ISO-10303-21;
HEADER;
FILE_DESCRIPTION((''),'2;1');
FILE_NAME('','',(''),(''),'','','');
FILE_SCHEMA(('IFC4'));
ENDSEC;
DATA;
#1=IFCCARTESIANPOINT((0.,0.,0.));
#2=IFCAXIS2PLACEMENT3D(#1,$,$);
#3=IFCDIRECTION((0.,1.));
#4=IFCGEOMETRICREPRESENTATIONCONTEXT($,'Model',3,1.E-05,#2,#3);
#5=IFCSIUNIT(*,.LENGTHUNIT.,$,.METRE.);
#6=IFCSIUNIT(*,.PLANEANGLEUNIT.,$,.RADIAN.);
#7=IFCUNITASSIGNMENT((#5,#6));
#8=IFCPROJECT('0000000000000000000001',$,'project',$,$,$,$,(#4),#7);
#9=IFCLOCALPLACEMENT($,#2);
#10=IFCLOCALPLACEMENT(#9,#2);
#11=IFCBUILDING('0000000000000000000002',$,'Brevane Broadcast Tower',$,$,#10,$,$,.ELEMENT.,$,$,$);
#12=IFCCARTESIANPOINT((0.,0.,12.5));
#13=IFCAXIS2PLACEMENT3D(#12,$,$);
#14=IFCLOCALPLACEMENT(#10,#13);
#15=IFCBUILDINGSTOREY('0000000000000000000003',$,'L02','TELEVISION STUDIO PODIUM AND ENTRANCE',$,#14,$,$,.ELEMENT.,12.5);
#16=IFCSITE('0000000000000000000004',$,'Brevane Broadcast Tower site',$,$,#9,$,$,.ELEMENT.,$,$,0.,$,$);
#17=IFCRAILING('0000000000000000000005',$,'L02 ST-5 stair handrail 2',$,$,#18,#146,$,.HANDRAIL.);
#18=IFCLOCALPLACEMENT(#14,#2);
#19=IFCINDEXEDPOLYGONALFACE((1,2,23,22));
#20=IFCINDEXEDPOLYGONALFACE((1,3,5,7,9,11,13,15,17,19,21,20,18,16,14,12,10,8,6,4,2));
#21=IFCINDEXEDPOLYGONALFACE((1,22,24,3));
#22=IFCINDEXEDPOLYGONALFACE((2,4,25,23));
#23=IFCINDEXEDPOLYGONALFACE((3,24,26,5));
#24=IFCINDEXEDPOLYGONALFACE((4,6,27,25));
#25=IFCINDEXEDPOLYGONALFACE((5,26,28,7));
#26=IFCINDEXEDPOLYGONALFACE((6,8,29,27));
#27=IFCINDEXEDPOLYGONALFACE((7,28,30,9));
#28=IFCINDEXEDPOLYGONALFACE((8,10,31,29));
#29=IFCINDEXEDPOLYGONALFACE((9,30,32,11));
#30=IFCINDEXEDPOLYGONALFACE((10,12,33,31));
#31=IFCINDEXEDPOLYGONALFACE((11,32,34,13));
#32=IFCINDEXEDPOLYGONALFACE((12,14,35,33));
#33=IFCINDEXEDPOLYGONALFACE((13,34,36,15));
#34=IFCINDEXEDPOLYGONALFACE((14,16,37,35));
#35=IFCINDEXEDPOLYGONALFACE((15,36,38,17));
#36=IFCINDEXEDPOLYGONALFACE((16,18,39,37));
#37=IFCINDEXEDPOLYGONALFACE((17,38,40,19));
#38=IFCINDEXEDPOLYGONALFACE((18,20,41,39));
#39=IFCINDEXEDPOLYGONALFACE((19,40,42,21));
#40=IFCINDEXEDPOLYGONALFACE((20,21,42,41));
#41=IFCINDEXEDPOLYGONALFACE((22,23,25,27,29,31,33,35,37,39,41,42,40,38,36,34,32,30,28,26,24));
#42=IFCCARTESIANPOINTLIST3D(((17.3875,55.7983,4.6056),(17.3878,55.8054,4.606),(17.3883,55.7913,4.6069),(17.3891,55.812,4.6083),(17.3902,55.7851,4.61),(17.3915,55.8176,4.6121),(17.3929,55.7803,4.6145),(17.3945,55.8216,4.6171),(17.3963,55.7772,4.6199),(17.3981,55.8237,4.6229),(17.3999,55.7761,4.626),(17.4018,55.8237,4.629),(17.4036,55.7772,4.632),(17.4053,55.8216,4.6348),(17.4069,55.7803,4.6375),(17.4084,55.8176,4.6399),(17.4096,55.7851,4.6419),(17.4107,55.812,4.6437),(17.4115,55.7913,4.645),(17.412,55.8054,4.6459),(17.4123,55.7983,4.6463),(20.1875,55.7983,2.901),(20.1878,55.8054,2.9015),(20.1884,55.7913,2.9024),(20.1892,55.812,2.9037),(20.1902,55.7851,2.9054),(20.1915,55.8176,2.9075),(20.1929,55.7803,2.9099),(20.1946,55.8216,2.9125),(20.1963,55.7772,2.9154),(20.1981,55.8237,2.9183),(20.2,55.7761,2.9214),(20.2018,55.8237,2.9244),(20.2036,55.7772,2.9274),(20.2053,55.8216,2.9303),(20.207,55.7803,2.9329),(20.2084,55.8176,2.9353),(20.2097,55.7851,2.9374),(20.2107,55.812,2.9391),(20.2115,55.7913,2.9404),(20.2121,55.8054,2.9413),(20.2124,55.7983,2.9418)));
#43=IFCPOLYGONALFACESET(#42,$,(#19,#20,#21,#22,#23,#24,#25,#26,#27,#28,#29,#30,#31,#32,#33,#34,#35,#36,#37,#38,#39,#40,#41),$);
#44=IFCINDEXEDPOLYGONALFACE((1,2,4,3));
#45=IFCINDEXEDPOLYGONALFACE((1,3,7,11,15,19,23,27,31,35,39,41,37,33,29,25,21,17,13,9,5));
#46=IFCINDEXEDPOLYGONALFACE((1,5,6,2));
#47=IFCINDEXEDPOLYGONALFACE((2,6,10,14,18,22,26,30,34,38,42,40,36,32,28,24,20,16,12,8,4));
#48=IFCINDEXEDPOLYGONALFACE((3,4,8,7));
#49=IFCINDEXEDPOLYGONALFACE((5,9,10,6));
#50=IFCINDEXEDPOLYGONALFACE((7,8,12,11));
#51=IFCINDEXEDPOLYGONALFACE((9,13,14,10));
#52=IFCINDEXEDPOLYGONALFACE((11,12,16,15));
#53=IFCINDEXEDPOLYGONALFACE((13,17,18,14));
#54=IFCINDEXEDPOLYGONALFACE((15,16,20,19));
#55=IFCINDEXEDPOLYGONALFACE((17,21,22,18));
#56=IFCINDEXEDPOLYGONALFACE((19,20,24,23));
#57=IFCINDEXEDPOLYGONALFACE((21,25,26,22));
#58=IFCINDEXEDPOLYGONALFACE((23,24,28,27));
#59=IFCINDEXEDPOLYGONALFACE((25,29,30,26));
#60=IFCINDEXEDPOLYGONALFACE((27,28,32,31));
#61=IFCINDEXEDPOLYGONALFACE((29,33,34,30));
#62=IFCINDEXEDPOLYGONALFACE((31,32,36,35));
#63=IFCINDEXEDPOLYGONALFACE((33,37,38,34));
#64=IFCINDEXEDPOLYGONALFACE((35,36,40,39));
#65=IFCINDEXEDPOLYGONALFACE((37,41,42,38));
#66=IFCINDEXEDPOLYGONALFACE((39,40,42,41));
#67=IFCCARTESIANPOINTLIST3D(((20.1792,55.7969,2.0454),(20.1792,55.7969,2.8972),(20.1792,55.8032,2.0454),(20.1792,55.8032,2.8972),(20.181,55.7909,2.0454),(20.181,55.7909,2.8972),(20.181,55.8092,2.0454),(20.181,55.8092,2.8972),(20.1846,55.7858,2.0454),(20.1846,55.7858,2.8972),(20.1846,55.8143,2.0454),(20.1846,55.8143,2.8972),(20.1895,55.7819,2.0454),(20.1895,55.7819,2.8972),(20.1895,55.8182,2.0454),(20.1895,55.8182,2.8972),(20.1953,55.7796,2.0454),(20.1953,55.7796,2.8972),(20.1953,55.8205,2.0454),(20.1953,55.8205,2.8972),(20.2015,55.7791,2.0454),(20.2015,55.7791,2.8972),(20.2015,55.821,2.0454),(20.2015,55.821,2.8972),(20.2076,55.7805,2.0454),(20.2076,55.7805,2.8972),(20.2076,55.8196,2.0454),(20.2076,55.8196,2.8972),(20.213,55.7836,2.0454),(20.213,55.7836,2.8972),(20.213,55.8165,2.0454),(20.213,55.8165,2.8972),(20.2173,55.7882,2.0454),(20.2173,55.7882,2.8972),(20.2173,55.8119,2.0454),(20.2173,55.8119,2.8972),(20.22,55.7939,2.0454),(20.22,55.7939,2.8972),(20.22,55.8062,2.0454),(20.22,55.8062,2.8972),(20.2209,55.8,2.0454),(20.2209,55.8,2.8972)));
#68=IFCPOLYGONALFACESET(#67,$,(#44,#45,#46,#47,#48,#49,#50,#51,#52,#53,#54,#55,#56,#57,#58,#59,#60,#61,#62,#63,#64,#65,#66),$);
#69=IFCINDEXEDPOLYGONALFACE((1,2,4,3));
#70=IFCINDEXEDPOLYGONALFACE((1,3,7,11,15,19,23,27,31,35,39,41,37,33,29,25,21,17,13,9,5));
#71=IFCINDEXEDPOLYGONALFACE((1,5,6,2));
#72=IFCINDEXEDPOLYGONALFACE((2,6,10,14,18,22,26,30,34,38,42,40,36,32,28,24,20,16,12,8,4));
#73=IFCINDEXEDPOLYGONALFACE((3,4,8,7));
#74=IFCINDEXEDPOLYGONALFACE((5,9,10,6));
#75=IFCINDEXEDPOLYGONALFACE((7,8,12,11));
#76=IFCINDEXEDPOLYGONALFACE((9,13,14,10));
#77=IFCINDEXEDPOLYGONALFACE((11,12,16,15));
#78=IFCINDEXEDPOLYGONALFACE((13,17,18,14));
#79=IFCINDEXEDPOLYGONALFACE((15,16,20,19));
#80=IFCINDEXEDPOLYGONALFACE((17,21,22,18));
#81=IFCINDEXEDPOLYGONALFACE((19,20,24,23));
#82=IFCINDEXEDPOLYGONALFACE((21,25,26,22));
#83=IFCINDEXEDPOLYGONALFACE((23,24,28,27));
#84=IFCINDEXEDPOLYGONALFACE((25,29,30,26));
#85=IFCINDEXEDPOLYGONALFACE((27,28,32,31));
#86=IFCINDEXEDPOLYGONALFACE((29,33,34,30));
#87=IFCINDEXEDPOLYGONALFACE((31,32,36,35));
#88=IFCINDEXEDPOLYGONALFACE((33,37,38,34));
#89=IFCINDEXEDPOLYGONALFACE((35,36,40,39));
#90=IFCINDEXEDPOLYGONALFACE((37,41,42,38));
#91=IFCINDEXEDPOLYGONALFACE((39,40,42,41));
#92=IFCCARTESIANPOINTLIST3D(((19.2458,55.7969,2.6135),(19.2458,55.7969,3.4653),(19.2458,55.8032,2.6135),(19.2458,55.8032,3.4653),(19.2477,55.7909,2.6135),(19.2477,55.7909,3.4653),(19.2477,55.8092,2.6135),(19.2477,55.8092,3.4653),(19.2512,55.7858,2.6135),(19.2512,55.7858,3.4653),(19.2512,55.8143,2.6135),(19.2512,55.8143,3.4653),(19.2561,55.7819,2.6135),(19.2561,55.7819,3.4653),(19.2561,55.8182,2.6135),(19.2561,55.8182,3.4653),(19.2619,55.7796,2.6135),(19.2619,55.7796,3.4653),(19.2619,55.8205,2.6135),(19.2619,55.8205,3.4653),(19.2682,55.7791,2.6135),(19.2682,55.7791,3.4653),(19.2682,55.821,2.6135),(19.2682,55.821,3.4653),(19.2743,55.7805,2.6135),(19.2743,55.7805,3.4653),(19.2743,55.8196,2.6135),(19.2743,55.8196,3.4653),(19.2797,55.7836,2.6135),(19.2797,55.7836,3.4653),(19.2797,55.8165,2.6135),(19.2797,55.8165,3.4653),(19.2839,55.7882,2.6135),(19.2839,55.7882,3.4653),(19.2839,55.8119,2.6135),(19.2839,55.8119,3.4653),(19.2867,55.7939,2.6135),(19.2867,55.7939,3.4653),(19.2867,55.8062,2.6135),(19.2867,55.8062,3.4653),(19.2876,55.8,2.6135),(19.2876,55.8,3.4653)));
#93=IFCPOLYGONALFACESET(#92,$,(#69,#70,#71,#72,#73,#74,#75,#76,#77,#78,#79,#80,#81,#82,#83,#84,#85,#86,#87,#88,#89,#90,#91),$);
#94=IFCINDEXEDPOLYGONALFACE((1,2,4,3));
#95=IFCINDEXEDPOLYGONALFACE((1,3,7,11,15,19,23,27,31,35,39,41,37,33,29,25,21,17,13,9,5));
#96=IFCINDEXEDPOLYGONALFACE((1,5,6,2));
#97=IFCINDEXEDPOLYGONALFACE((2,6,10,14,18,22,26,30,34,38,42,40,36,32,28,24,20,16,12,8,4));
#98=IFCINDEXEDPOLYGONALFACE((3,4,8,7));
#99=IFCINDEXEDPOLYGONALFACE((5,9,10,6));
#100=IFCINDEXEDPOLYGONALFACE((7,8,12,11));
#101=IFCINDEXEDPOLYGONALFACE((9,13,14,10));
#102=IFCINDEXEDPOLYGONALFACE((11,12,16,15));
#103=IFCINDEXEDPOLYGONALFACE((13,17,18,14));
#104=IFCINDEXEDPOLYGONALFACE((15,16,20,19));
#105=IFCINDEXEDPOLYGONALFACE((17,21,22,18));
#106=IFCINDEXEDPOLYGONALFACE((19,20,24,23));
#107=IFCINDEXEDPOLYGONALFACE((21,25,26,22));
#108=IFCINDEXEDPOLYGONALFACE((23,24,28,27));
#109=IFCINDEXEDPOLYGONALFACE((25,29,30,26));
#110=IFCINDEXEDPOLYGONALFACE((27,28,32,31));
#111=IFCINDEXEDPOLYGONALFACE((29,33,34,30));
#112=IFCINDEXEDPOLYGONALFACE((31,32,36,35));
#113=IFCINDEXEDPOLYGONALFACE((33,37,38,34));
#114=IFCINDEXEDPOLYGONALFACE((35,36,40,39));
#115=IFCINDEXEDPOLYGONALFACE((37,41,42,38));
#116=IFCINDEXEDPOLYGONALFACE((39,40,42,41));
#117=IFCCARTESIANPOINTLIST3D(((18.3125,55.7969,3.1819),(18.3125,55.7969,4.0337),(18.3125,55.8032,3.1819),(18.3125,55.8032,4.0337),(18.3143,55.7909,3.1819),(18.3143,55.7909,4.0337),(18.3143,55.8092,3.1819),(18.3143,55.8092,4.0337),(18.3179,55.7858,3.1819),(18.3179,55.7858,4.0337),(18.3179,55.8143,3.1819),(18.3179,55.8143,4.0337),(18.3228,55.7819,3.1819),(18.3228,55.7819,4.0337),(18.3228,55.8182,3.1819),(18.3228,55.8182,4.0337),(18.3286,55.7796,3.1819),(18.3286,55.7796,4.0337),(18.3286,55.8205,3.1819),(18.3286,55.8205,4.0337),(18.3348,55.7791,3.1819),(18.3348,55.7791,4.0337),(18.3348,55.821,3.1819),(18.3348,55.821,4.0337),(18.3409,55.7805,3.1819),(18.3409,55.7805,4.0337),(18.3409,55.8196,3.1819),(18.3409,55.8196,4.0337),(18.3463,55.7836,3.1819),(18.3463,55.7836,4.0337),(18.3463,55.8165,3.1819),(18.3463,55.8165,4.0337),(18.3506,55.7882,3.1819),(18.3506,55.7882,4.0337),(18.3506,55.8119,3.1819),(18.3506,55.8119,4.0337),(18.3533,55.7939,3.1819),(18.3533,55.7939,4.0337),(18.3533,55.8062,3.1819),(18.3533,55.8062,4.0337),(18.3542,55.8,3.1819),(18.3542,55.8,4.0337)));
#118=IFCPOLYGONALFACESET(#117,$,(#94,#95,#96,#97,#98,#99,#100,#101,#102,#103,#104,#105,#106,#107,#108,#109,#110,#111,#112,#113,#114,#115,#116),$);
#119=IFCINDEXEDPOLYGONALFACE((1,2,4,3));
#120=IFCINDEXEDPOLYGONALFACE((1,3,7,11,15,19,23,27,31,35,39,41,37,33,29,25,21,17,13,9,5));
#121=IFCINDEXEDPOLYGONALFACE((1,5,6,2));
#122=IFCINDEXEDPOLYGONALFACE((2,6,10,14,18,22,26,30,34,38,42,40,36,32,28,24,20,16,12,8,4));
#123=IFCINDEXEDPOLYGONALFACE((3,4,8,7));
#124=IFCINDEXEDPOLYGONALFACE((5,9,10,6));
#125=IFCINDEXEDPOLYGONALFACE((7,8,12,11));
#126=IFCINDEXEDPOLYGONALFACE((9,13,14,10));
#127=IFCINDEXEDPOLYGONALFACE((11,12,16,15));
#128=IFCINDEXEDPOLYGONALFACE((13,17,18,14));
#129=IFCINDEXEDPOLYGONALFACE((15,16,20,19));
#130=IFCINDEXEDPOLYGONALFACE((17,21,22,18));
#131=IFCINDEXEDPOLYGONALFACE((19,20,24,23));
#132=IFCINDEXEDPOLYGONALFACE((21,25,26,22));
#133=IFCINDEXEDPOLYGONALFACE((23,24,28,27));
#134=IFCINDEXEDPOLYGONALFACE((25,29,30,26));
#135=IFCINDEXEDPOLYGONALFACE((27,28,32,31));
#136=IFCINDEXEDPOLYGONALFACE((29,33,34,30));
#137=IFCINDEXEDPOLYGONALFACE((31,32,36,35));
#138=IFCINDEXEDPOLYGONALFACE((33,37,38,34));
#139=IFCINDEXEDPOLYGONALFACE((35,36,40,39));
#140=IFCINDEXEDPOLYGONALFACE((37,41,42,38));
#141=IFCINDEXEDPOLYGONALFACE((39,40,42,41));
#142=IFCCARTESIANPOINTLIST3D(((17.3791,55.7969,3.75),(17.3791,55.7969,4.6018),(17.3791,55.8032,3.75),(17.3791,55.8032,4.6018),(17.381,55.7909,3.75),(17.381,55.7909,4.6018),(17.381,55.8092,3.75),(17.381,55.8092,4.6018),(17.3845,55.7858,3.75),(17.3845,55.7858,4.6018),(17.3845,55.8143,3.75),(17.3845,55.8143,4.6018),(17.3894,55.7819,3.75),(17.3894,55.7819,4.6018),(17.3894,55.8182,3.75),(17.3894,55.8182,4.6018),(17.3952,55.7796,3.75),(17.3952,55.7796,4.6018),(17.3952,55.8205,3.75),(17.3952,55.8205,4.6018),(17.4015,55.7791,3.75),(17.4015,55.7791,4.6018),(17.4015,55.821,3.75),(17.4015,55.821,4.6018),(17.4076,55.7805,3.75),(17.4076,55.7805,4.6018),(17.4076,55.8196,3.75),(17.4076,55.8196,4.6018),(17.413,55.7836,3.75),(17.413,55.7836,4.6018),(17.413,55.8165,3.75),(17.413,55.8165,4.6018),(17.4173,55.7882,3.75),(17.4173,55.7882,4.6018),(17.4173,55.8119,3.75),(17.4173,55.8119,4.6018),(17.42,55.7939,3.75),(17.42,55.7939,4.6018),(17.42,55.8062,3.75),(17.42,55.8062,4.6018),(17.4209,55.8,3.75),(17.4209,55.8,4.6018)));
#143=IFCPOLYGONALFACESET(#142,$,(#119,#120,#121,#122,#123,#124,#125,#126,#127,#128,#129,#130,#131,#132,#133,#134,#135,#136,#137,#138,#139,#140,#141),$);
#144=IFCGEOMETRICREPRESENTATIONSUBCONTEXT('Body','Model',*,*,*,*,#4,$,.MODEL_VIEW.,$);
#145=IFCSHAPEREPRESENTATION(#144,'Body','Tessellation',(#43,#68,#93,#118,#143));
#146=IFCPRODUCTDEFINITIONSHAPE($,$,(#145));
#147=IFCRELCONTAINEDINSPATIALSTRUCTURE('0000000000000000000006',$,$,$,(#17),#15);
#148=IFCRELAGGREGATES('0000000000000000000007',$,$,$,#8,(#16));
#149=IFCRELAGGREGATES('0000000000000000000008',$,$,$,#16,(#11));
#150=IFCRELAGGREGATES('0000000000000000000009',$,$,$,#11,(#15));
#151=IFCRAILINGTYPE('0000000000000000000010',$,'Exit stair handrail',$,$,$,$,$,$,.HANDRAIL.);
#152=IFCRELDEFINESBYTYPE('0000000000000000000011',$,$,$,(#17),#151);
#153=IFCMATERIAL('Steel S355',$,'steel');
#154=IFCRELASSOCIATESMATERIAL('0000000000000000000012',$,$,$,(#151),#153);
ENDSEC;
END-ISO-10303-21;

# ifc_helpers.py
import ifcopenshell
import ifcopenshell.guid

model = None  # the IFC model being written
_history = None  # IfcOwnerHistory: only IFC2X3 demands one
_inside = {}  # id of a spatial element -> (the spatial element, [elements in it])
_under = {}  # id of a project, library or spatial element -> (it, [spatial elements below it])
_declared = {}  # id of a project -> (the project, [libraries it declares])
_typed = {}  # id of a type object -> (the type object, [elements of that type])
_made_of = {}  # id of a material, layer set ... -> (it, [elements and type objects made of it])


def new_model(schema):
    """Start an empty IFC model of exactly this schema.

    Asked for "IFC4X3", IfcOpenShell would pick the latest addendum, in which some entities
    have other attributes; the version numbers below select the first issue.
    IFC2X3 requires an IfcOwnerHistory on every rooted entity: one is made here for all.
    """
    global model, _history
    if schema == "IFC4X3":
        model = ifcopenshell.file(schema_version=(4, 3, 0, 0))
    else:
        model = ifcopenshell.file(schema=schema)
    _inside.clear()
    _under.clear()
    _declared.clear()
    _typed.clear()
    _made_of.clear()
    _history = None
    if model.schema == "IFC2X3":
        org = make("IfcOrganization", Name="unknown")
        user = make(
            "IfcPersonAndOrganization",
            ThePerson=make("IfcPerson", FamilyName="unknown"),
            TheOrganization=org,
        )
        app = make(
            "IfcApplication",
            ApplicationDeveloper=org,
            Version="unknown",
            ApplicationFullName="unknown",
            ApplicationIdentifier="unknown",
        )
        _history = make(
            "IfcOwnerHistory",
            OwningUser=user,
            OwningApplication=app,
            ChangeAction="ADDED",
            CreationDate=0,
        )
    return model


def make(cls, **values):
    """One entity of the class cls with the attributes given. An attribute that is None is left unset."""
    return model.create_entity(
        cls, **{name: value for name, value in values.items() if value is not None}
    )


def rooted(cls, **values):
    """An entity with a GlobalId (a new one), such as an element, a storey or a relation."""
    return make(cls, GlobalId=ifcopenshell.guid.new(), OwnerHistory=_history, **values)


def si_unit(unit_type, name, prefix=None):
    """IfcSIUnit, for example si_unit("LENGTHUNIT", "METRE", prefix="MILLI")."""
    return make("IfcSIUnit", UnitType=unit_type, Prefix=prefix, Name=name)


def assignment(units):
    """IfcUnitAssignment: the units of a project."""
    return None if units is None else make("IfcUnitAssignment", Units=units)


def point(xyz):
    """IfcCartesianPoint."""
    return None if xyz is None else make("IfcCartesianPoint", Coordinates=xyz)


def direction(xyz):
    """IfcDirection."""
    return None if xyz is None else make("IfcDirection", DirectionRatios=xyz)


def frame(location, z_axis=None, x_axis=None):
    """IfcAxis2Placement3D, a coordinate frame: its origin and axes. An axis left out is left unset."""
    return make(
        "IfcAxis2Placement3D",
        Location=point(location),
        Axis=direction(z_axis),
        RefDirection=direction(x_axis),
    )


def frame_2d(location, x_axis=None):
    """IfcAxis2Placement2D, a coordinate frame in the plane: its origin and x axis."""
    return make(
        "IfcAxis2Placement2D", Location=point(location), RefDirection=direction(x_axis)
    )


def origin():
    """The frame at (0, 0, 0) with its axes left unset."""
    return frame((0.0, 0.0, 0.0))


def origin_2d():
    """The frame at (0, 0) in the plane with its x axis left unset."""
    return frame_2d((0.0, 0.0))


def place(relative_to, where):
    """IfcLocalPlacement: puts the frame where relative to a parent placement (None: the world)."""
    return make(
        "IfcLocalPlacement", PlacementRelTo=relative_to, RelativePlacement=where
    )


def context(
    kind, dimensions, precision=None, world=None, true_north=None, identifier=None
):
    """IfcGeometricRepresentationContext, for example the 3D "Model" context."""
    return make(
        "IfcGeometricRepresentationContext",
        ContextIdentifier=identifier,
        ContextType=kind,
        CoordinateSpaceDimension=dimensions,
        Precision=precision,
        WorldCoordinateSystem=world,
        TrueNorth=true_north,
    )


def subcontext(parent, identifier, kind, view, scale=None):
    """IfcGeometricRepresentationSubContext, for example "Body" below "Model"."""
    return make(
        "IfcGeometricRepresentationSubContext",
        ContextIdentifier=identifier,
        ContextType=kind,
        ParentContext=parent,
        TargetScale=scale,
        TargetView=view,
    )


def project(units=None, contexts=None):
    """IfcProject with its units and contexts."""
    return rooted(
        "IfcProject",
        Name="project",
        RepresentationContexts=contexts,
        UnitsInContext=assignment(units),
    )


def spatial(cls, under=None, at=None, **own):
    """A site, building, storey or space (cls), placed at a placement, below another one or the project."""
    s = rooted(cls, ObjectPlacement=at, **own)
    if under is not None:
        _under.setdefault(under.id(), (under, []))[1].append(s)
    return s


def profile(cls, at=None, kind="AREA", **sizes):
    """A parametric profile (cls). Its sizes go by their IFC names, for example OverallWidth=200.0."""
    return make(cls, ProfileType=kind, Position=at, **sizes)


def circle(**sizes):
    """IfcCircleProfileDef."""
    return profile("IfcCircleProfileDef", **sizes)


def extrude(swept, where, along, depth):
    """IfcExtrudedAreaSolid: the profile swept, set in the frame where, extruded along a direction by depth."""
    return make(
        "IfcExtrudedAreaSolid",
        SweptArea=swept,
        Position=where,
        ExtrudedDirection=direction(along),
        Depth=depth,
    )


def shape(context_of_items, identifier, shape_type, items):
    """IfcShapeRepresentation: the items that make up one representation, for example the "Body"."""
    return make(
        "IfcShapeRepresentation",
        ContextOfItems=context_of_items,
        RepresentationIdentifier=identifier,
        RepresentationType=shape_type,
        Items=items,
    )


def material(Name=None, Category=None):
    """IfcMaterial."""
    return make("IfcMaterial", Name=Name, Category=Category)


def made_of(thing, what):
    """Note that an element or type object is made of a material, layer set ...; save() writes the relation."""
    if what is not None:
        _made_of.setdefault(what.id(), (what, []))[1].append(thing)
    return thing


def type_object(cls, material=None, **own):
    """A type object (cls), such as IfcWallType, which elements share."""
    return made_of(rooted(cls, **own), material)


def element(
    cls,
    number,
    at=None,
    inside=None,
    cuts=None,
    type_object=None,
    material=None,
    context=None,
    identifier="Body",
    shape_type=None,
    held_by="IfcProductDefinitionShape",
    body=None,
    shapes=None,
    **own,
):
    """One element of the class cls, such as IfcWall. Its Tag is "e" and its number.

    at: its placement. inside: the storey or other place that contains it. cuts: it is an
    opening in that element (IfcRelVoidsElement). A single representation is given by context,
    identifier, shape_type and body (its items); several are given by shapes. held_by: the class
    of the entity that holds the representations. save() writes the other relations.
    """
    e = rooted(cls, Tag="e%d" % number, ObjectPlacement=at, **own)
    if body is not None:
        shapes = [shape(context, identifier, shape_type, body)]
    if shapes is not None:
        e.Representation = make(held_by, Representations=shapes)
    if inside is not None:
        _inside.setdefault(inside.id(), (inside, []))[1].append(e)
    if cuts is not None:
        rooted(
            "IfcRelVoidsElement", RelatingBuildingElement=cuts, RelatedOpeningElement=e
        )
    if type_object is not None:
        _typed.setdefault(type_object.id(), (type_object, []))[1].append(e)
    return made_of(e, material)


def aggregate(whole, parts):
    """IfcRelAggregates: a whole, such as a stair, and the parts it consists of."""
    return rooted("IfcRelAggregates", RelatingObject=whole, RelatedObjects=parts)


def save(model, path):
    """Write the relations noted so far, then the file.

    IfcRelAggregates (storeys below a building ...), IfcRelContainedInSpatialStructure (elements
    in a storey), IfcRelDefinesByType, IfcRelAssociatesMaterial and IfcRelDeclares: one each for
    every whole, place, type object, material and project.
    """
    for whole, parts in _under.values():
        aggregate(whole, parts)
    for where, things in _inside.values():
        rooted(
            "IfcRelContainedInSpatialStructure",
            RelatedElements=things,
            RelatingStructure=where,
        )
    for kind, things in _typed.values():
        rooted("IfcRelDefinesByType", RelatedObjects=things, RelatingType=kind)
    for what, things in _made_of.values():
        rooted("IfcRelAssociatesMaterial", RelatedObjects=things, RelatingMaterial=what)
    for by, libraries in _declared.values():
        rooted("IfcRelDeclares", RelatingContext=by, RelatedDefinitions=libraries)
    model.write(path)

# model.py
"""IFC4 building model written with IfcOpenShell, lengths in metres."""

from ifc_helpers import new_model, si_unit, direction, frame, origin, origin_2d, place, context, subcontext, project, spatial, circle, extrude, material, type_object, element, save


model = new_model("IFC4")

# Units and contexts
model_context = context("Model", 3, precision=1e-05, world=origin(), true_north=direction((0.0, 1.0)))
body_context = subcontext(model_context, "Body", "Model", "MODEL_VIEW")
ifc_project = project(units=[si_unit("LENGTHUNIT", "METRE"), si_unit("PLANEANGLEUNIT", "RADIAN")], contexts=[model_context])

# Site, building, storey
site_placement = place(None, origin())
site = spatial("IfcSite", under=ifc_project, at=site_placement, Name="Brevane Broadcast Tower site", CompositionType="ELEMENT", RefElevation=0.0)
building_placement = place(site_placement, origin())
building = spatial("IfcBuilding", under=site, at=building_placement, Name="Brevane Broadcast Tower", CompositionType="ELEMENT")
storey_placement = place(building_placement, frame((0.0, 0.0, 12.5)))
storey = spatial("IfcBuildingStorey", under=building, at=storey_placement, Name="L02", Description="TELEVISION STUDIO PODIUM AND ENTRANCE", CompositionType="ELEMENT", Elevation=12.5)

# Railing
ifc_material_1 = material(Name="Steel S355", Category="steel")
railing_type_1 = type_object("IfcRailingType", Name="Exit stair handrail", PredefinedType="HANDRAIL", material=ifc_material_1)
railing_1_placement = place(storey_placement, frame((20.2, 55.8, 2.0454)))
element("IfcRailing", 1, at=railing_1_placement, inside=storey, type_object=railing_type_1, Name="L02 ST-5 stair handrail 2", PredefinedType="HANDRAIL", context=body_context, shape_type="SweptSolid", body=[
    extrude(circle(Radius=0.0239, at=origin_2d()), frame((0.0, 0.0, 0.876), z_axis=(-0.85417, 0.0, 0.519994), x_axis=(0.0, -1.0, 0.0)), (0.0, 0.0, 1.0), 3.2781),
    extrude(circle(Radius=0.021, at=origin_2d()), origin(), (0.0, 0.0, 1.0), 0.8518),
    extrude(circle(Radius=0.021, at=origin_2d()), frame((-0.9333, 0.0, 0.5681)), (0.0, 0.0, 1.0), 0.8518),
    extrude(circle(Radius=0.021, at=origin_2d()), frame((-1.8667, 0.0, 1.1365)), (0.0, 0.0, 1.0), 0.8518),
    extrude(circle(Radius=0.021, at=origin_2d()), frame((-2.8, 0.0, 1.7046)), (0.0, 0.0, 1.0), 0.8518),
])

save(model, "model.ifc")
